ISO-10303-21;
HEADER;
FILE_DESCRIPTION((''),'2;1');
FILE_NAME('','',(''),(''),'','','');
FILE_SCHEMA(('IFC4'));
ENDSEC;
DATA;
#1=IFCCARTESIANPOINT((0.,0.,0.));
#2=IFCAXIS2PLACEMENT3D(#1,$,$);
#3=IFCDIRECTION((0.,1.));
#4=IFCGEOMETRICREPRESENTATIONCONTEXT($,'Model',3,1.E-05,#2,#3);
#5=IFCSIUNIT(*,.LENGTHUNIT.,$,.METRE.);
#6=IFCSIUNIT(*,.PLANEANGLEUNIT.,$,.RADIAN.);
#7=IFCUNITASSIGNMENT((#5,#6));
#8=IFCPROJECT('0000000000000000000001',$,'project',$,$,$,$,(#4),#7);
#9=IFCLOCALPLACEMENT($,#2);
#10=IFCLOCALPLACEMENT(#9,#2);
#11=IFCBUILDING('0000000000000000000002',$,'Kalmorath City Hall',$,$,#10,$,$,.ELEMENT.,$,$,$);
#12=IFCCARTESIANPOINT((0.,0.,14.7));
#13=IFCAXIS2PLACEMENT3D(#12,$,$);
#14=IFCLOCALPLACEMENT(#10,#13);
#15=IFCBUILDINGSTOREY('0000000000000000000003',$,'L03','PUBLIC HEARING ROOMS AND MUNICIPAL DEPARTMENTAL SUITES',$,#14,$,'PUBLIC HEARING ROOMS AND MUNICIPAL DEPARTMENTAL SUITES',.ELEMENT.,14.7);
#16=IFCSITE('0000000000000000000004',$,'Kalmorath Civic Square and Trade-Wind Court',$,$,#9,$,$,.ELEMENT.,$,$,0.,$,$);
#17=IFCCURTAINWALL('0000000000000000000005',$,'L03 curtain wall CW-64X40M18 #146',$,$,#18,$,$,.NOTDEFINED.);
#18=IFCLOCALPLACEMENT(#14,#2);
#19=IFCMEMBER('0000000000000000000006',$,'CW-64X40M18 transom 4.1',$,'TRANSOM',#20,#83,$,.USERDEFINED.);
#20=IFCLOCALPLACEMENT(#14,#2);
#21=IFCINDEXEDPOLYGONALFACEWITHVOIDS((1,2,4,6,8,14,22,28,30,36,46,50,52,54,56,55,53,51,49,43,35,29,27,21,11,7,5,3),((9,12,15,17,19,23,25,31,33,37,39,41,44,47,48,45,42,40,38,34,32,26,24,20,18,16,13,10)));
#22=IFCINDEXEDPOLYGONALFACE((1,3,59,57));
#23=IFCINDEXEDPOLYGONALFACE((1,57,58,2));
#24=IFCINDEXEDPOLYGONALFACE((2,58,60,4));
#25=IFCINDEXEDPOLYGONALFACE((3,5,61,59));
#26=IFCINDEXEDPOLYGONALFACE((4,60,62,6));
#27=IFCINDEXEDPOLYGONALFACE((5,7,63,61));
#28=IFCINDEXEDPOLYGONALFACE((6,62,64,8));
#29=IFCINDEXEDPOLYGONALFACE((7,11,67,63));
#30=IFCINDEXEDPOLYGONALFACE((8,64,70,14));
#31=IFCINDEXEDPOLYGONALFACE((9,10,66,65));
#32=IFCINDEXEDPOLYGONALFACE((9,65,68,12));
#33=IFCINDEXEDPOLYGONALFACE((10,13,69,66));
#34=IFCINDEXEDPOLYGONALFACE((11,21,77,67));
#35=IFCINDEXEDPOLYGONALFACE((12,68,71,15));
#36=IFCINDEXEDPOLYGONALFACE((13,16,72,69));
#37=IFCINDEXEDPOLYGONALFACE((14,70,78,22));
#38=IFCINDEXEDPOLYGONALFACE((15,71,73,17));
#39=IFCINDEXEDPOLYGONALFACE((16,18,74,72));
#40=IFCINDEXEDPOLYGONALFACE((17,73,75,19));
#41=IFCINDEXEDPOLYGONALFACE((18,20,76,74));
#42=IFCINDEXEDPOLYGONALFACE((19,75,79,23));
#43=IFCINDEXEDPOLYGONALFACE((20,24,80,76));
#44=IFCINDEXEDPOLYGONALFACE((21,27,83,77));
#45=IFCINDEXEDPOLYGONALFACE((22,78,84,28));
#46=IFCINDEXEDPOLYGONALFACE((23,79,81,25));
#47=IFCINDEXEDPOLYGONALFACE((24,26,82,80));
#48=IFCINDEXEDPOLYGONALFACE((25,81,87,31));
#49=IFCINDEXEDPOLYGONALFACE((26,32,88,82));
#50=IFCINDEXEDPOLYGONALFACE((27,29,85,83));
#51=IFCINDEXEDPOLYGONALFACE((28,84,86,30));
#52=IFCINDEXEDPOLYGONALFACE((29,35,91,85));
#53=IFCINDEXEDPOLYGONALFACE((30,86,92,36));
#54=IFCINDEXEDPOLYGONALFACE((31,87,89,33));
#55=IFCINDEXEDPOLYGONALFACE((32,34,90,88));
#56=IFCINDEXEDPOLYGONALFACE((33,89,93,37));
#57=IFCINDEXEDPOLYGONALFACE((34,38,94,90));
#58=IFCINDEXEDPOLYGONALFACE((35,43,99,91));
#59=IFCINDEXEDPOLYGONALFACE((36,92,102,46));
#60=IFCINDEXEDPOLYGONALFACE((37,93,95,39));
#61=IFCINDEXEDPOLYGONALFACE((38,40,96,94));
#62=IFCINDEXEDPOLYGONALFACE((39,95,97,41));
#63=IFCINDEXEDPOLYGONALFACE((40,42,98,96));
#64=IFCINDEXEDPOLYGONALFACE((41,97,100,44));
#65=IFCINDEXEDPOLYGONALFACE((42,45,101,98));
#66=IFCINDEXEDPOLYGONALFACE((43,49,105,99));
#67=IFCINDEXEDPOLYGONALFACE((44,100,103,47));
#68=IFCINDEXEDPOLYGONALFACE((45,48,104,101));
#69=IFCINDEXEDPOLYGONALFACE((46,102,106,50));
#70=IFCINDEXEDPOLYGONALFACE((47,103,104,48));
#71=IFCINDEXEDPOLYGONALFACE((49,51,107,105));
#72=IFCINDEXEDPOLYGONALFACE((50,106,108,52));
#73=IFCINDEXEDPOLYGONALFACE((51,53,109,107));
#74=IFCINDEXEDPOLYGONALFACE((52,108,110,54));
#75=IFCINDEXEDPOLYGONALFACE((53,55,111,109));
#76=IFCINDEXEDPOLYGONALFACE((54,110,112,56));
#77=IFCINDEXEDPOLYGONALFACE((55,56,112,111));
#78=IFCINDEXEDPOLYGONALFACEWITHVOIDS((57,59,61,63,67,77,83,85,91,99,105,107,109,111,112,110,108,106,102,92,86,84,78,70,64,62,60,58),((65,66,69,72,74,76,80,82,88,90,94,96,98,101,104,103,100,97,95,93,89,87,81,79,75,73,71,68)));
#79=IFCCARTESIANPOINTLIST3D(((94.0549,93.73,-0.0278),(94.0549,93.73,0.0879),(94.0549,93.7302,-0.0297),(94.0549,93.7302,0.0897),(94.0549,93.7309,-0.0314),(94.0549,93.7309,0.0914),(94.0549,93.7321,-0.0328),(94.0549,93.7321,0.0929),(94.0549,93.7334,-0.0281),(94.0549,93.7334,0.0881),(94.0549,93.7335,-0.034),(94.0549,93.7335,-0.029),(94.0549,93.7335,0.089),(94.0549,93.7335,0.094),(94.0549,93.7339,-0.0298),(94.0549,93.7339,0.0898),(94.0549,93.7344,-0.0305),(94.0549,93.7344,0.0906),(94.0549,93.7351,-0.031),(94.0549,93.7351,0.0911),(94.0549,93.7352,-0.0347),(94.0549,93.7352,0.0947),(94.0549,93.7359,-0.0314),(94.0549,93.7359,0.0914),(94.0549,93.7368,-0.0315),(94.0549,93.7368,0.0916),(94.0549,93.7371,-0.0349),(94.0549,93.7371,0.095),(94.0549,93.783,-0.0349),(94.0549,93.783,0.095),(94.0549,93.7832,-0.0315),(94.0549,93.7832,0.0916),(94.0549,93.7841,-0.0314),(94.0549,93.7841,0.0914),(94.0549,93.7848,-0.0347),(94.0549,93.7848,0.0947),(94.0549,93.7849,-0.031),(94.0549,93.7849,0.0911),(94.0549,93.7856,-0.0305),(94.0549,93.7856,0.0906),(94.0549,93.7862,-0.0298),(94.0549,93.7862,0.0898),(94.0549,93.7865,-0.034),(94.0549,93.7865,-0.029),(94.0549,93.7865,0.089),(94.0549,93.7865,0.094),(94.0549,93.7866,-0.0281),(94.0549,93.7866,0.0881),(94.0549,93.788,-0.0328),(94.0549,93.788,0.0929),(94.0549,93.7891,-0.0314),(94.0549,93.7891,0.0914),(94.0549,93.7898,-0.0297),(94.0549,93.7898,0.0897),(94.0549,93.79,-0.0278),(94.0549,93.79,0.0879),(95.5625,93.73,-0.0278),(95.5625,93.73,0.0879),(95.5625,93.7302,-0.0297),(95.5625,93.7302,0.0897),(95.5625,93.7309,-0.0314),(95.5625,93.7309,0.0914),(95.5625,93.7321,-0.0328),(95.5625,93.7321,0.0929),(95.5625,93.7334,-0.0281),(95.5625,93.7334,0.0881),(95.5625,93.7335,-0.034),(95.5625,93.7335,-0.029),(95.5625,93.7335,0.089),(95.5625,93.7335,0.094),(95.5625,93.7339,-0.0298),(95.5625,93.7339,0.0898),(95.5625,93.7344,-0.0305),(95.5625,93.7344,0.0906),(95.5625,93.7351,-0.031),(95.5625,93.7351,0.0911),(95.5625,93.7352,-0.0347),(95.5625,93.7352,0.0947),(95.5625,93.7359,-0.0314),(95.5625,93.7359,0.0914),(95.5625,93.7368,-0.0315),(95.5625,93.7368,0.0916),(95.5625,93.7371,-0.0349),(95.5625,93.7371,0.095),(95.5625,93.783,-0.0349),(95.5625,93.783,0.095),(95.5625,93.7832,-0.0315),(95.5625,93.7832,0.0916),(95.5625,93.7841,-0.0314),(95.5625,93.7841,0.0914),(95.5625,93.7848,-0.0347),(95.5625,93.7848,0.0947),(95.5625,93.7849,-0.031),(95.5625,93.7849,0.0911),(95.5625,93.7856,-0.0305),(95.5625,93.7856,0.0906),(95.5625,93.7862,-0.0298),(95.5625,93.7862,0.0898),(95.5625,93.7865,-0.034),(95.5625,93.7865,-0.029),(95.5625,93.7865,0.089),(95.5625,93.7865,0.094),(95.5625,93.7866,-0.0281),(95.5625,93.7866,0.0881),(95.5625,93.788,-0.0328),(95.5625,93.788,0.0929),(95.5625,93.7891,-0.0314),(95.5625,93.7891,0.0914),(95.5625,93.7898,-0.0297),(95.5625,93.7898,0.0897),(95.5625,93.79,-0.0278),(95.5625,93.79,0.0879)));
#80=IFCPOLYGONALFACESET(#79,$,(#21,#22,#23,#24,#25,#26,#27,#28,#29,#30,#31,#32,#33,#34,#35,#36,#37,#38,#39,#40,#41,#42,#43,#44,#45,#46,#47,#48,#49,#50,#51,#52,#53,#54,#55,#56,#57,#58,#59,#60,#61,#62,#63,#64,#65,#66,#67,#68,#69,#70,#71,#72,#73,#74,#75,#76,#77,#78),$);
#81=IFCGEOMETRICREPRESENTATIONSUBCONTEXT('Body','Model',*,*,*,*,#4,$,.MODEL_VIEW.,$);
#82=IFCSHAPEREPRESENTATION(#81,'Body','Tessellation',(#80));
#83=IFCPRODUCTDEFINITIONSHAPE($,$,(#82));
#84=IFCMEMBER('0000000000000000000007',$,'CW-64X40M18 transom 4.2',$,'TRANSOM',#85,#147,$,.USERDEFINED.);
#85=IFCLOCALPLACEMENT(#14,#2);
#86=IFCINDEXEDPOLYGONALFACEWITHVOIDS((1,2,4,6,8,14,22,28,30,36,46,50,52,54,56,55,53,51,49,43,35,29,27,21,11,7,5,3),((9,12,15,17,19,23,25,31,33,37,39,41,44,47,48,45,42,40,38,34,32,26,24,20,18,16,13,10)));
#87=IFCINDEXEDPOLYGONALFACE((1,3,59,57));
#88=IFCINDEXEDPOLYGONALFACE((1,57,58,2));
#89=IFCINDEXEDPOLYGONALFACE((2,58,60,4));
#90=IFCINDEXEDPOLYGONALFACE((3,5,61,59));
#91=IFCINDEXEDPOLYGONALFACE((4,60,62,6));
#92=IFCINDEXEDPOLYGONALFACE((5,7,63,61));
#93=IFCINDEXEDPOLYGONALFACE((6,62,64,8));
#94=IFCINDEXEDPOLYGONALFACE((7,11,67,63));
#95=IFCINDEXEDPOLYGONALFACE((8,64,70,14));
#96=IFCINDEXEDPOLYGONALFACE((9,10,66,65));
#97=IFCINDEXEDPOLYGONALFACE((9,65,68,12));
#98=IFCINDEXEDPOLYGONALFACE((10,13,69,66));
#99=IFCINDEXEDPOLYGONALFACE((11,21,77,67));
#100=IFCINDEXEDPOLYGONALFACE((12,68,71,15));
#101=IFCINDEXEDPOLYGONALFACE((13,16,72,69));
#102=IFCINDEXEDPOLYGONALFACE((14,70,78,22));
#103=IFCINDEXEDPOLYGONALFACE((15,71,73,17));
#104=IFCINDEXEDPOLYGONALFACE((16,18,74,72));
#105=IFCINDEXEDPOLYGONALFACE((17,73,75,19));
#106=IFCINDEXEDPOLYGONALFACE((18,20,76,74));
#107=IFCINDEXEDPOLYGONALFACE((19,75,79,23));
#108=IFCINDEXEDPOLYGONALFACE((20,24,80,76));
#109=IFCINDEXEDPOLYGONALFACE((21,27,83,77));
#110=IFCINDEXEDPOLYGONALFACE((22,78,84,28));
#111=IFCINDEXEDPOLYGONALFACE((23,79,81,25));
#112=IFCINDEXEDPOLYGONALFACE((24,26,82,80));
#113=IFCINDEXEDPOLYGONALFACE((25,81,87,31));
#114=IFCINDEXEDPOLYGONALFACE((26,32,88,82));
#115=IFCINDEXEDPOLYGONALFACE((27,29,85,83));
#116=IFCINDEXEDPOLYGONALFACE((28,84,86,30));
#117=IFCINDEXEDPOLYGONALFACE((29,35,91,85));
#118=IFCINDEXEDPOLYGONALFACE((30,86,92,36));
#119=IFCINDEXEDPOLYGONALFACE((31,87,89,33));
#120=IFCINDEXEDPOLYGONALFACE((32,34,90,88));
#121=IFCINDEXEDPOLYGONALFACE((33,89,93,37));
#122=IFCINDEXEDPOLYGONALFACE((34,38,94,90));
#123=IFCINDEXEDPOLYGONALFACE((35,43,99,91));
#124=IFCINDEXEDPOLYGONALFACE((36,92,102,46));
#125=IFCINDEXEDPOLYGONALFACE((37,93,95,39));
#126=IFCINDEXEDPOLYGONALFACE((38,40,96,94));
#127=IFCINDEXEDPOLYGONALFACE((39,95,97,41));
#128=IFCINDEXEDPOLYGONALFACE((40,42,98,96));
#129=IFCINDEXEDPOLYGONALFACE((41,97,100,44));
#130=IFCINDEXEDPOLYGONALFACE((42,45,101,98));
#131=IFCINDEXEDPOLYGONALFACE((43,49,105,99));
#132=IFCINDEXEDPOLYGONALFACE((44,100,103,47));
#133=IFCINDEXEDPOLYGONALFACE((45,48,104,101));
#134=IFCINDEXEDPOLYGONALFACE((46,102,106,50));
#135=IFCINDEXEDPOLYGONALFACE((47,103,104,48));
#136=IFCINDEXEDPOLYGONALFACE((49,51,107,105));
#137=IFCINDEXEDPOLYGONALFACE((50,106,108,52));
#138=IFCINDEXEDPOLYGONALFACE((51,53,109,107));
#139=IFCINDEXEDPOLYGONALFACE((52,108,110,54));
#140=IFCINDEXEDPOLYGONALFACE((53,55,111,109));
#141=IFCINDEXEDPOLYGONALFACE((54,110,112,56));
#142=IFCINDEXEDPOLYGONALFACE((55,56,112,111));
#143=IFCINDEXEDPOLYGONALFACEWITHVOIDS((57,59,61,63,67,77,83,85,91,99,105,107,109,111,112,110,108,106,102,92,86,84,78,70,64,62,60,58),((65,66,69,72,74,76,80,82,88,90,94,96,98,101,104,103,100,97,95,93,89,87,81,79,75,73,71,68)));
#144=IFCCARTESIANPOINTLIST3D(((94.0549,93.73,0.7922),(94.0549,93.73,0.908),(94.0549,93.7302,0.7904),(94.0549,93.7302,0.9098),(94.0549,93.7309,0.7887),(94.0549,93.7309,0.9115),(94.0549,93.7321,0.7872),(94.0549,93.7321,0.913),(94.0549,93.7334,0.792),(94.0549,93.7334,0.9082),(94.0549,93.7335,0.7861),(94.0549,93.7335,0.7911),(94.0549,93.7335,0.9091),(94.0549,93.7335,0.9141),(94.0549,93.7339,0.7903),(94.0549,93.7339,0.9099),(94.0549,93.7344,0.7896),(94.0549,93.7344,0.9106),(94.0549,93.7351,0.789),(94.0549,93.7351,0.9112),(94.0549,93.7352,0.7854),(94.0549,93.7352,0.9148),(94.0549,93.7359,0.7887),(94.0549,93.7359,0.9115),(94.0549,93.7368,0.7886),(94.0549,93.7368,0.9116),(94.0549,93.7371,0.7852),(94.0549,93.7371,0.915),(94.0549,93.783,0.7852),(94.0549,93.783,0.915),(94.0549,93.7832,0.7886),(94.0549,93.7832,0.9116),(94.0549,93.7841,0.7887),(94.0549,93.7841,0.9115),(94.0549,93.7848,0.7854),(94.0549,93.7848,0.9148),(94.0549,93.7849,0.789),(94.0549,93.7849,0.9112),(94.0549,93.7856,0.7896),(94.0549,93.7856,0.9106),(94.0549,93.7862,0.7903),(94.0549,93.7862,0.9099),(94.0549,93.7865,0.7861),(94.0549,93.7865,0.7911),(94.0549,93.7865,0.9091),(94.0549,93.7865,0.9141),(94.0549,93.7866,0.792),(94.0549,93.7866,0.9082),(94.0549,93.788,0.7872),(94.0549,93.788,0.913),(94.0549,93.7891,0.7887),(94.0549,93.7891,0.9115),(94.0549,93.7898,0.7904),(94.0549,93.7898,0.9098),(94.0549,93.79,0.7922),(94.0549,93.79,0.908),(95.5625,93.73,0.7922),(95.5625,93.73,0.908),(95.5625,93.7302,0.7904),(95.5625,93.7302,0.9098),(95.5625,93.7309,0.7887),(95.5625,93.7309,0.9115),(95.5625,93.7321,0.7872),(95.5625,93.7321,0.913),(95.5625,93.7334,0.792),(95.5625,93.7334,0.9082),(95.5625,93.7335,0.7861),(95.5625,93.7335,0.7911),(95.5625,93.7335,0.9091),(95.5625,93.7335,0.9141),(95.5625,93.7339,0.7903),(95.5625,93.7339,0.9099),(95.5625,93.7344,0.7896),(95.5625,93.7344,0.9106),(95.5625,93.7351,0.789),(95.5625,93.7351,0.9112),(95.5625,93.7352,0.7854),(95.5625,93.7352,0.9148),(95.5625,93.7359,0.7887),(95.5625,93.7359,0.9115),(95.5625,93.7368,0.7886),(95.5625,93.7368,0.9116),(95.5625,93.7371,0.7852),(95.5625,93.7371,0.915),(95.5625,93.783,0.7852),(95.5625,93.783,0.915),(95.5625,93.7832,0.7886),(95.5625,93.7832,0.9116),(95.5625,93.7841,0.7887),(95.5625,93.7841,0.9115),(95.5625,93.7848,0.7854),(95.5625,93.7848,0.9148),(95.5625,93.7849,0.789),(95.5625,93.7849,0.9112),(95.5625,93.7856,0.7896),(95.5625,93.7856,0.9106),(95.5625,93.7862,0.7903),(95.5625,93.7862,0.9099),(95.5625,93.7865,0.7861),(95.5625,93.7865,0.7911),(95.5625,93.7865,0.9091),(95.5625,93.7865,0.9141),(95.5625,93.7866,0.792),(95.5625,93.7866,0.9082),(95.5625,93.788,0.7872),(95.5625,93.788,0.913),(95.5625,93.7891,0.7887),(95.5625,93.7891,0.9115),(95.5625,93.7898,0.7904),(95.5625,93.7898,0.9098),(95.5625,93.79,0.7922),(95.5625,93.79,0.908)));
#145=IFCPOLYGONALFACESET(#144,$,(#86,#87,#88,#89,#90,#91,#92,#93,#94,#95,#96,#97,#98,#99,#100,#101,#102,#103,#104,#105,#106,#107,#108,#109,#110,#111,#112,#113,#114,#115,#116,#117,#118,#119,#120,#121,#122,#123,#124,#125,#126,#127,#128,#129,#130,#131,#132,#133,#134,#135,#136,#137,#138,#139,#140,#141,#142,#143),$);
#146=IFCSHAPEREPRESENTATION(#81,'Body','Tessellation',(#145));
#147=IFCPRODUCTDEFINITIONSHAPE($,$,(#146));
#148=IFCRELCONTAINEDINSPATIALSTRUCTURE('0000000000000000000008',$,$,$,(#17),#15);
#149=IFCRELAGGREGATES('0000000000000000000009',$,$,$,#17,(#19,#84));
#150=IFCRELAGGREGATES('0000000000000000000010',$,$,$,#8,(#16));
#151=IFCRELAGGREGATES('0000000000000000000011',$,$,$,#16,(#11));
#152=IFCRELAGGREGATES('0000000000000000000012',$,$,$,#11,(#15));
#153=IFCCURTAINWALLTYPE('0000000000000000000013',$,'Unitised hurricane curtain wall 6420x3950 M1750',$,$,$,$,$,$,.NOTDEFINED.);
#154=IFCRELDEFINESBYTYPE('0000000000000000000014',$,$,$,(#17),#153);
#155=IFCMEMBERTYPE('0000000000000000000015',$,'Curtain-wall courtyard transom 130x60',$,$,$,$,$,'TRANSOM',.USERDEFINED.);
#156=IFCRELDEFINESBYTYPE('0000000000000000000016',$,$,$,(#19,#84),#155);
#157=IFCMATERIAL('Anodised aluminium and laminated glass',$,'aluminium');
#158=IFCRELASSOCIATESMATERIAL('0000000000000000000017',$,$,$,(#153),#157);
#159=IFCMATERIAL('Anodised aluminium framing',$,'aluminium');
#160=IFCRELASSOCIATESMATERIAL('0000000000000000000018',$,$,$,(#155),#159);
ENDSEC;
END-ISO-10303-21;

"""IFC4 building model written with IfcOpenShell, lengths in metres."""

from ifc_helpers import new_model, si_unit, direction, frame, origin, origin_2d, place, context, subcontext, project, spatial, hollow_rectangle, extrude, material, material_profile, profile_set, type_object, element, aggregate, save


model = new_model("IFC4")

# Units and contexts
model_context = context("Model", 3, precision=1e-05, world=origin(), true_north=direction((0.0, 1.0)))
body_context = subcontext(model_context, "Body", "Model", "MODEL_VIEW")
ifc_project = project(units=[si_unit("LENGTHUNIT", "METRE"), si_unit("PLANEANGLEUNIT", "RADIAN")], contexts=[model_context])

# Site, building, storey
site_placement = place(None, origin())
site = spatial("IfcSite", under=ifc_project, at=site_placement, Name="Kalmorath Civic Square and Trade-Wind Court", CompositionType="ELEMENT", RefElevation=0.0)
building_placement = place(site_placement, origin())
building = spatial("IfcBuilding", under=site, at=building_placement, Name="Kalmorath City Hall", CompositionType="ELEMENT")
storey_placement = place(building_placement, frame((0.0, 0.0, 14.7)))
storey = spatial("IfcBuildingStorey", under=building, at=storey_placement, Name="L03", Description="PUBLIC HEARING ROOMS AND MUNICIPAL DEPARTMENTAL SUITES", LongName="PUBLIC HEARING ROOMS AND MUNICIPAL DEPARTMENTAL SUITES", CompositionType="ELEMENT", Elevation=14.7)

# Curtain wall
ifc_material_1 = material(Name="Anodised aluminium and laminated glass", Category="aluminium")
curtain_wall_type_1 = type_object("IfcCurtainWallType", Name="Unitised hurricane curtain wall 6420x3950 M1750", PredefinedType="NOTDEFINED", material=ifc_material_1)
curtain_wall_1_placement = place(storey_placement, origin())
curtain_wall_1 = element("IfcCurtainWall", 1, at=curtain_wall_1_placement, inside=storey, type_object=curtain_wall_type_1, Name="L03 curtain wall CW-64X40M18 #146", PredefinedType="NOTDEFINED")

# Members
ifc_material_2 = material(Name="Anodised aluminium framing", Category="aluminium")
ifc_material_profile_1 = material_profile(ifc_material_2, hollow_rectangle(XDim=0.0601, YDim=0.1299, WallThickness=0.0034, InnerFilletRadius=0.0034, OuterFilletRadius=0.0071, at=origin_2d()), Name="ALU-TRN-130X60X3.5")
ifc_profile_set_1 = profile_set([ifc_material_profile_1], Name="Anodised aluminium framing")
member_type_1 = type_object("IfcMemberType", Name="Curtain-wall courtyard transom 130x60", ElementType="TRANSOM", PredefinedType="USERDEFINED", material=ifc_profile_set_1)
member_1_placement = place(storey_placement, frame((95.5625, 93.76, 0.03), z_axis=(-1.0, 0.0, 0.0), x_axis=(0.0, -1.0, 0.0)))
member_1 = element("IfcMember", 2, at=member_1_placement, type_object=member_type_1, Name="CW-64X40M18 transom 4.1", ObjectType="TRANSOM", PredefinedType="USERDEFINED", context=body_context, shape_type="SweptSolid", body=[
    extrude(hollow_rectangle(XDim=0.0601, YDim=0.1299, WallThickness=0.0034, InnerFilletRadius=0.0034, OuterFilletRadius=0.0071, at=origin_2d()), origin(), (0.0, 0.0, 1.0), 1.5076),
])
member_2_placement = place(storey_placement, frame((95.5625, 93.76, 0.8501), z_axis=(-1.0, 0.0, 0.0), x_axis=(0.0, -1.0, 0.0)))
member_2 = element("IfcMember", 3, at=member_2_placement, type_object=member_type_1, Name="CW-64X40M18 transom 4.2", ObjectType="TRANSOM", PredefinedType="USERDEFINED", context=body_context, shape_type="SweptSolid", body=[
    extrude(hollow_rectangle(XDim=0.0601, YDim=0.1299, WallThickness=0.0034, InnerFilletRadius=0.0034, OuterFilletRadius=0.0071, at=origin_2d()), origin(), (0.0, 0.0, 1.0), 1.5076),
])

aggregate(curtain_wall_1, [member_1, member_2])

save(model, "model.ifc")
